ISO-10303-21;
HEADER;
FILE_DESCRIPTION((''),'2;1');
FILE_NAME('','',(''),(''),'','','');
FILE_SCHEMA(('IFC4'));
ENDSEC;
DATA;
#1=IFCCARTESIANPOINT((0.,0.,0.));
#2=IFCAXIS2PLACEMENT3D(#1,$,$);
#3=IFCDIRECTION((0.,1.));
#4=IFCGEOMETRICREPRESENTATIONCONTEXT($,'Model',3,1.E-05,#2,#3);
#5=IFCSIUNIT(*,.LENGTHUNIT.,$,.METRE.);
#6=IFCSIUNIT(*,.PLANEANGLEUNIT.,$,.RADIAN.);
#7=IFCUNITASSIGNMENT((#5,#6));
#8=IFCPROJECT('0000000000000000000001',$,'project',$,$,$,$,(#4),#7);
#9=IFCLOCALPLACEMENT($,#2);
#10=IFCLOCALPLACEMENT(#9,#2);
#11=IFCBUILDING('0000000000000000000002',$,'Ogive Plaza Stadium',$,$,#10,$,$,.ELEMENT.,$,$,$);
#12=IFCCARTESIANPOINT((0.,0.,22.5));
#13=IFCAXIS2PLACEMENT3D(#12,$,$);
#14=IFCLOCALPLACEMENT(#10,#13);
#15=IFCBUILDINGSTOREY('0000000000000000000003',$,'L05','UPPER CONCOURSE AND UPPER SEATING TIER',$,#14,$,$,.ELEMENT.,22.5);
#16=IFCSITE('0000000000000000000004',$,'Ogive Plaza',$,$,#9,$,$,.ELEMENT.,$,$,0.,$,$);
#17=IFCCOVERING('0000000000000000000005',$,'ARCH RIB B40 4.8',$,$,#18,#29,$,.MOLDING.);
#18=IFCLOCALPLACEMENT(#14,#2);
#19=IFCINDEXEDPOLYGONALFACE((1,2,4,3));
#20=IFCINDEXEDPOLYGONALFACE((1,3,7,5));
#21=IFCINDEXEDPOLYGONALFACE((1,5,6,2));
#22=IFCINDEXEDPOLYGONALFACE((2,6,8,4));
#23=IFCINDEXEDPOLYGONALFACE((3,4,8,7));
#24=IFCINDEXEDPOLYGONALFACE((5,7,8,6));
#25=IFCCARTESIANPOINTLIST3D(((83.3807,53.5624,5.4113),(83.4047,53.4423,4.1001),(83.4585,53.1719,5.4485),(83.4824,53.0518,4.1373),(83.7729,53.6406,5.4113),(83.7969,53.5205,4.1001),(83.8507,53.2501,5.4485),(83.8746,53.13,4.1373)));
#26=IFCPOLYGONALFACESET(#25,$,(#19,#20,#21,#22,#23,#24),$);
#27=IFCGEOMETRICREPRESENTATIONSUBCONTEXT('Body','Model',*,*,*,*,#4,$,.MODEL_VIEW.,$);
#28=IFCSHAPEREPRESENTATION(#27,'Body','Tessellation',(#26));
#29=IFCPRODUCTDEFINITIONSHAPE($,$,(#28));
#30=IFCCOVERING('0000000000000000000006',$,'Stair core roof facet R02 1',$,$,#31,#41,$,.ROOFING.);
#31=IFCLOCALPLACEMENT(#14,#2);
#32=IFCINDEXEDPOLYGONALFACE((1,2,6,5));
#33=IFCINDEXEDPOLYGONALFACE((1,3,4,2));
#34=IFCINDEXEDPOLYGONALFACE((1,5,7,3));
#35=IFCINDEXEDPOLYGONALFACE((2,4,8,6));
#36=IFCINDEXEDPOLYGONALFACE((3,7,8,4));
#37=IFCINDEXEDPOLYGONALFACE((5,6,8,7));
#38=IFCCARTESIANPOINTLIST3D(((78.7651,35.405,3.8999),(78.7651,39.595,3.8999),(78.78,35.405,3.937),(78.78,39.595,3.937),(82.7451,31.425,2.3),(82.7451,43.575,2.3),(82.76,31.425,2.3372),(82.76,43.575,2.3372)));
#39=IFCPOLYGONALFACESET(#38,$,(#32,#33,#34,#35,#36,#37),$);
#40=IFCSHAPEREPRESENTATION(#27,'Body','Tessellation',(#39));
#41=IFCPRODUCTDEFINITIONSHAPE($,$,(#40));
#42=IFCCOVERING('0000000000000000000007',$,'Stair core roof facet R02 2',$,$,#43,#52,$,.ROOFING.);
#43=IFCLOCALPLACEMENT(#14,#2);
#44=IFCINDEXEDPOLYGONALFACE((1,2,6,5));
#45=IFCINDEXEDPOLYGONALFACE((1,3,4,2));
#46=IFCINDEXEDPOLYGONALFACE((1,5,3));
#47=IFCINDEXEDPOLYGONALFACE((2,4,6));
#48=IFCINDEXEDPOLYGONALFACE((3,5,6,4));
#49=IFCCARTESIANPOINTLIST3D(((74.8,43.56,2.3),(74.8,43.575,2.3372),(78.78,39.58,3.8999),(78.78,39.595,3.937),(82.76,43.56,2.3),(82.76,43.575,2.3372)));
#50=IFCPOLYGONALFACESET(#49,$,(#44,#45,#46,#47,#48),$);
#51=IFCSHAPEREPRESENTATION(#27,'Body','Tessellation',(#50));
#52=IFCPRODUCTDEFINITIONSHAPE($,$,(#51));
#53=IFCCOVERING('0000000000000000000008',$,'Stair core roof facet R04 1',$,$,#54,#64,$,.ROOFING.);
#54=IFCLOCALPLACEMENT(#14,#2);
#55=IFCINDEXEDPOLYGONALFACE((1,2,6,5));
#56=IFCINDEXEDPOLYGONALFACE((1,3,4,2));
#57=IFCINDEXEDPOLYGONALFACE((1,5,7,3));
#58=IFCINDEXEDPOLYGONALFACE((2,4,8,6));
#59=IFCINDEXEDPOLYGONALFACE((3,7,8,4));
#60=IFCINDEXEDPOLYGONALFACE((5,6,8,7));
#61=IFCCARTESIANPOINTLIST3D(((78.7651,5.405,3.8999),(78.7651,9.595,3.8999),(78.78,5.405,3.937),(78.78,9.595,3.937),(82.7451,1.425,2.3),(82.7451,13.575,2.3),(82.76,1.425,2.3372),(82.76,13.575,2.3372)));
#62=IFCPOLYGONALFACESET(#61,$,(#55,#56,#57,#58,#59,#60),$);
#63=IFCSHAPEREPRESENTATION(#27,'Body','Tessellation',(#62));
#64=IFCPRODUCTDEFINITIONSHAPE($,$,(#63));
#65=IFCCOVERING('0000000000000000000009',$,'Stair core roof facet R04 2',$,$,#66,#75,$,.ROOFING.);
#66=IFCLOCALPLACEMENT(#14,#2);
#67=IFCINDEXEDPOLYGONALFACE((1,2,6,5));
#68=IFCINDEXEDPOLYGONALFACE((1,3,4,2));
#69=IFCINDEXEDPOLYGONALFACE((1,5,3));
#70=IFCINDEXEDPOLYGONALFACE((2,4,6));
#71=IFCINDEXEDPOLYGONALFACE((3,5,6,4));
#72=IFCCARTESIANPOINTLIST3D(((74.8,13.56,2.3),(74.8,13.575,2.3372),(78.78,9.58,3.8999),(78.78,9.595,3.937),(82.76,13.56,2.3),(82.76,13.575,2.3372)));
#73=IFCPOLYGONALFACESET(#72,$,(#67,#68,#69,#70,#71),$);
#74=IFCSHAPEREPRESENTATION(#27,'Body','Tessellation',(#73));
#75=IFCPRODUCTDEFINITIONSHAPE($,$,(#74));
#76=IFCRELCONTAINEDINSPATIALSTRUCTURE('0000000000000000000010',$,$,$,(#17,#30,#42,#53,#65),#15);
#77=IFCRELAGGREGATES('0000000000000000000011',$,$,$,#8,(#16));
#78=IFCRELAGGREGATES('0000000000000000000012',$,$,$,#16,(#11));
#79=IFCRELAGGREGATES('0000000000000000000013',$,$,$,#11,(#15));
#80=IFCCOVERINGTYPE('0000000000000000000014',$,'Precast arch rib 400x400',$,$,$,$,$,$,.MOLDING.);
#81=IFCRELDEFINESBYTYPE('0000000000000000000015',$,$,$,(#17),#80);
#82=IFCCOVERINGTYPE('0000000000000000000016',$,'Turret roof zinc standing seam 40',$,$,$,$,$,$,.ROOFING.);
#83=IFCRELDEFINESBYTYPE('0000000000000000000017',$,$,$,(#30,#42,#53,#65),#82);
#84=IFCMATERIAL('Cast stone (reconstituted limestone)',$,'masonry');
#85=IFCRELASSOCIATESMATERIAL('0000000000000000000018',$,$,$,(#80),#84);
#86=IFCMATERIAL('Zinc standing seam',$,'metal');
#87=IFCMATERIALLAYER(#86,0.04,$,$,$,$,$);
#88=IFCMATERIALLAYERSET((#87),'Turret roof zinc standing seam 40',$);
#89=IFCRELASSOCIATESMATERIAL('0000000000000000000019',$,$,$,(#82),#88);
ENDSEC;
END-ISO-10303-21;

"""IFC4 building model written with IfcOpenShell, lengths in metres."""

from ifc_helpers import new_model, si_unit, direction, frame, origin, origin_2d, place, context, subcontext, project, spatial, polyline, rectangle, outline, extrude, material, layer, layer_set, material_profile, profile_set, type_object, element, save


model = new_model("IFC4")

# Units and contexts
model_context = context("Model", 3, precision=1e-05, world=origin(), true_north=direction((0.0, 1.0)))
body_context = subcontext(model_context, "Body", "Model", "MODEL_VIEW")
ifc_project = project(units=[si_unit("LENGTHUNIT", "METRE"), si_unit("PLANEANGLEUNIT", "RADIAN")], contexts=[model_context])

# Site, building, storey
site_placement = place(None, origin())
site = spatial("IfcSite", under=ifc_project, at=site_placement, Name="Ogive Plaza", CompositionType="ELEMENT", RefElevation=0.0)
building_placement = place(site_placement, origin())
building = spatial("IfcBuilding", under=site, at=building_placement, Name="Ogive Plaza Stadium", CompositionType="ELEMENT")
storey_placement = place(building_placement, frame((0.0, 0.0, 22.5)))
storey = spatial("IfcBuildingStorey", under=building, at=storey_placement, Name="L05", Description="UPPER CONCOURSE AND UPPER SEATING TIER", CompositionType="ELEMENT", Elevation=22.5)

# Coverings
ifc_material_1 = material(Name="Cast stone (reconstituted limestone)", Category="masonry")
ifc_material_profile_1 = material_profile(ifc_material_1, rectangle(XDim=0.3999, YDim=0.3999, at=origin_2d()), Name="Cast stone 400x400")
ifc_profile_set_1 = profile_set([ifc_material_profile_1], Name="Cast stone (reconstituted limestone)")
covering_type_1 = type_object("IfcCoveringType", Name="Precast arch rib 400x400", PredefinedType="MOLDING", material=ifc_profile_set_1)
covering_1_placement = place(storey_placement, frame((83.6157, 53.4062, 5.4299), z_axis=(0.018167, -0.091206, -0.995666), x_axis=(0.980734, 0.195349, 0.0)))
element("IfcCovering", 1, at=covering_1_placement, inside=storey, type_object=covering_type_1, Name="ARCH RIB B40 4.8", PredefinedType="MOLDING", context=body_context, shape_type="SweptSolid", body=[
    extrude(rectangle(XDim=0.3999, YDim=0.3999, at=origin_2d()), origin(), (0.0, 0.0, 1.0), 1.3169),
])
ifc_material_2 = material(Name="Zinc standing seam", Category="metal")
ifc_layer_1 = layer(ifc_material_2, 0.04)
ifc_layer_set_1 = layer_set([ifc_layer_1], Name="Turret roof zinc standing seam 40")
covering_type_2 = type_object("IfcCoveringType", Name="Turret roof zinc standing seam 40", PredefinedType="ROOFING", material=ifc_layer_set_1)
covering_2_placement = place(storey_placement, frame((82.76, 31.425, 2.3372), z_axis=(0.37297, 0.0, 0.927843), x_axis=(0.0, 1.0, 0.0)))
element("IfcCovering", 2, at=covering_2_placement, inside=storey, type_object=covering_type_2, Name="Stair core roof facet R02 1", PredefinedType="ROOFING", context=body_context, shape_type="SweptSolid", body=[
    extrude(outline(polyline([(0.0, 0.0), (12.1499, 0.0), (8.1699, 4.2895), (3.98, 4.2895), (0.0, 0.0)])), origin(), (0.0, 0.0, -1.0), 0.04),
])
covering_3_placement = place(storey_placement, frame((82.76, 43.575, 2.3372), z_axis=(0.0, 0.37297, 0.927843), x_axis=(-1.0, 0.0, 0.0)))
element("IfcCovering", 3, at=covering_3_placement, inside=storey, type_object=covering_type_2, Name="Stair core roof facet R02 2", PredefinedType="ROOFING", context=body_context, shape_type="SweptSolid", body=[
    extrude(outline(polyline([(0.0, 0.0), (7.96, 0.0), (3.98, 4.2895), (0.0, 0.0)])), origin(), (0.0, 0.0, -1.0), 0.04),
])
covering_4_placement = place(storey_placement, frame((82.76, 1.425, 2.3372), z_axis=(0.37297, 0.0, 0.927843), x_axis=(0.0, 1.0, 0.0)))
element("IfcCovering", 4, at=covering_4_placement, inside=storey, type_object=covering_type_2, Name="Stair core roof facet R04 1", PredefinedType="ROOFING", context=body_context, shape_type="SweptSolid", body=[
    extrude(outline(polyline([(0.0, 0.0), (12.1499, 0.0), (8.1699, 4.2895), (3.98, 4.2895), (0.0, 0.0)])), origin(), (0.0, 0.0, -1.0), 0.04),
])
covering_5_placement = place(storey_placement, frame((82.76, 13.575, 2.3372), z_axis=(0.0, 0.37297, 0.927843), x_axis=(-1.0, 0.0, 0.0)))
element("IfcCovering", 5, at=covering_5_placement, inside=storey, type_object=covering_type_2, Name="Stair core roof facet R04 2", PredefinedType="ROOFING", context=body_context, shape_type="SweptSolid", body=[
    extrude(outline(polyline([(0.0, 0.0), (7.96, 0.0), (3.98, 4.2895), (0.0, 0.0)])), origin(), (0.0, 0.0, -1.0), 0.04),
])

save(model, "model.ifc")
